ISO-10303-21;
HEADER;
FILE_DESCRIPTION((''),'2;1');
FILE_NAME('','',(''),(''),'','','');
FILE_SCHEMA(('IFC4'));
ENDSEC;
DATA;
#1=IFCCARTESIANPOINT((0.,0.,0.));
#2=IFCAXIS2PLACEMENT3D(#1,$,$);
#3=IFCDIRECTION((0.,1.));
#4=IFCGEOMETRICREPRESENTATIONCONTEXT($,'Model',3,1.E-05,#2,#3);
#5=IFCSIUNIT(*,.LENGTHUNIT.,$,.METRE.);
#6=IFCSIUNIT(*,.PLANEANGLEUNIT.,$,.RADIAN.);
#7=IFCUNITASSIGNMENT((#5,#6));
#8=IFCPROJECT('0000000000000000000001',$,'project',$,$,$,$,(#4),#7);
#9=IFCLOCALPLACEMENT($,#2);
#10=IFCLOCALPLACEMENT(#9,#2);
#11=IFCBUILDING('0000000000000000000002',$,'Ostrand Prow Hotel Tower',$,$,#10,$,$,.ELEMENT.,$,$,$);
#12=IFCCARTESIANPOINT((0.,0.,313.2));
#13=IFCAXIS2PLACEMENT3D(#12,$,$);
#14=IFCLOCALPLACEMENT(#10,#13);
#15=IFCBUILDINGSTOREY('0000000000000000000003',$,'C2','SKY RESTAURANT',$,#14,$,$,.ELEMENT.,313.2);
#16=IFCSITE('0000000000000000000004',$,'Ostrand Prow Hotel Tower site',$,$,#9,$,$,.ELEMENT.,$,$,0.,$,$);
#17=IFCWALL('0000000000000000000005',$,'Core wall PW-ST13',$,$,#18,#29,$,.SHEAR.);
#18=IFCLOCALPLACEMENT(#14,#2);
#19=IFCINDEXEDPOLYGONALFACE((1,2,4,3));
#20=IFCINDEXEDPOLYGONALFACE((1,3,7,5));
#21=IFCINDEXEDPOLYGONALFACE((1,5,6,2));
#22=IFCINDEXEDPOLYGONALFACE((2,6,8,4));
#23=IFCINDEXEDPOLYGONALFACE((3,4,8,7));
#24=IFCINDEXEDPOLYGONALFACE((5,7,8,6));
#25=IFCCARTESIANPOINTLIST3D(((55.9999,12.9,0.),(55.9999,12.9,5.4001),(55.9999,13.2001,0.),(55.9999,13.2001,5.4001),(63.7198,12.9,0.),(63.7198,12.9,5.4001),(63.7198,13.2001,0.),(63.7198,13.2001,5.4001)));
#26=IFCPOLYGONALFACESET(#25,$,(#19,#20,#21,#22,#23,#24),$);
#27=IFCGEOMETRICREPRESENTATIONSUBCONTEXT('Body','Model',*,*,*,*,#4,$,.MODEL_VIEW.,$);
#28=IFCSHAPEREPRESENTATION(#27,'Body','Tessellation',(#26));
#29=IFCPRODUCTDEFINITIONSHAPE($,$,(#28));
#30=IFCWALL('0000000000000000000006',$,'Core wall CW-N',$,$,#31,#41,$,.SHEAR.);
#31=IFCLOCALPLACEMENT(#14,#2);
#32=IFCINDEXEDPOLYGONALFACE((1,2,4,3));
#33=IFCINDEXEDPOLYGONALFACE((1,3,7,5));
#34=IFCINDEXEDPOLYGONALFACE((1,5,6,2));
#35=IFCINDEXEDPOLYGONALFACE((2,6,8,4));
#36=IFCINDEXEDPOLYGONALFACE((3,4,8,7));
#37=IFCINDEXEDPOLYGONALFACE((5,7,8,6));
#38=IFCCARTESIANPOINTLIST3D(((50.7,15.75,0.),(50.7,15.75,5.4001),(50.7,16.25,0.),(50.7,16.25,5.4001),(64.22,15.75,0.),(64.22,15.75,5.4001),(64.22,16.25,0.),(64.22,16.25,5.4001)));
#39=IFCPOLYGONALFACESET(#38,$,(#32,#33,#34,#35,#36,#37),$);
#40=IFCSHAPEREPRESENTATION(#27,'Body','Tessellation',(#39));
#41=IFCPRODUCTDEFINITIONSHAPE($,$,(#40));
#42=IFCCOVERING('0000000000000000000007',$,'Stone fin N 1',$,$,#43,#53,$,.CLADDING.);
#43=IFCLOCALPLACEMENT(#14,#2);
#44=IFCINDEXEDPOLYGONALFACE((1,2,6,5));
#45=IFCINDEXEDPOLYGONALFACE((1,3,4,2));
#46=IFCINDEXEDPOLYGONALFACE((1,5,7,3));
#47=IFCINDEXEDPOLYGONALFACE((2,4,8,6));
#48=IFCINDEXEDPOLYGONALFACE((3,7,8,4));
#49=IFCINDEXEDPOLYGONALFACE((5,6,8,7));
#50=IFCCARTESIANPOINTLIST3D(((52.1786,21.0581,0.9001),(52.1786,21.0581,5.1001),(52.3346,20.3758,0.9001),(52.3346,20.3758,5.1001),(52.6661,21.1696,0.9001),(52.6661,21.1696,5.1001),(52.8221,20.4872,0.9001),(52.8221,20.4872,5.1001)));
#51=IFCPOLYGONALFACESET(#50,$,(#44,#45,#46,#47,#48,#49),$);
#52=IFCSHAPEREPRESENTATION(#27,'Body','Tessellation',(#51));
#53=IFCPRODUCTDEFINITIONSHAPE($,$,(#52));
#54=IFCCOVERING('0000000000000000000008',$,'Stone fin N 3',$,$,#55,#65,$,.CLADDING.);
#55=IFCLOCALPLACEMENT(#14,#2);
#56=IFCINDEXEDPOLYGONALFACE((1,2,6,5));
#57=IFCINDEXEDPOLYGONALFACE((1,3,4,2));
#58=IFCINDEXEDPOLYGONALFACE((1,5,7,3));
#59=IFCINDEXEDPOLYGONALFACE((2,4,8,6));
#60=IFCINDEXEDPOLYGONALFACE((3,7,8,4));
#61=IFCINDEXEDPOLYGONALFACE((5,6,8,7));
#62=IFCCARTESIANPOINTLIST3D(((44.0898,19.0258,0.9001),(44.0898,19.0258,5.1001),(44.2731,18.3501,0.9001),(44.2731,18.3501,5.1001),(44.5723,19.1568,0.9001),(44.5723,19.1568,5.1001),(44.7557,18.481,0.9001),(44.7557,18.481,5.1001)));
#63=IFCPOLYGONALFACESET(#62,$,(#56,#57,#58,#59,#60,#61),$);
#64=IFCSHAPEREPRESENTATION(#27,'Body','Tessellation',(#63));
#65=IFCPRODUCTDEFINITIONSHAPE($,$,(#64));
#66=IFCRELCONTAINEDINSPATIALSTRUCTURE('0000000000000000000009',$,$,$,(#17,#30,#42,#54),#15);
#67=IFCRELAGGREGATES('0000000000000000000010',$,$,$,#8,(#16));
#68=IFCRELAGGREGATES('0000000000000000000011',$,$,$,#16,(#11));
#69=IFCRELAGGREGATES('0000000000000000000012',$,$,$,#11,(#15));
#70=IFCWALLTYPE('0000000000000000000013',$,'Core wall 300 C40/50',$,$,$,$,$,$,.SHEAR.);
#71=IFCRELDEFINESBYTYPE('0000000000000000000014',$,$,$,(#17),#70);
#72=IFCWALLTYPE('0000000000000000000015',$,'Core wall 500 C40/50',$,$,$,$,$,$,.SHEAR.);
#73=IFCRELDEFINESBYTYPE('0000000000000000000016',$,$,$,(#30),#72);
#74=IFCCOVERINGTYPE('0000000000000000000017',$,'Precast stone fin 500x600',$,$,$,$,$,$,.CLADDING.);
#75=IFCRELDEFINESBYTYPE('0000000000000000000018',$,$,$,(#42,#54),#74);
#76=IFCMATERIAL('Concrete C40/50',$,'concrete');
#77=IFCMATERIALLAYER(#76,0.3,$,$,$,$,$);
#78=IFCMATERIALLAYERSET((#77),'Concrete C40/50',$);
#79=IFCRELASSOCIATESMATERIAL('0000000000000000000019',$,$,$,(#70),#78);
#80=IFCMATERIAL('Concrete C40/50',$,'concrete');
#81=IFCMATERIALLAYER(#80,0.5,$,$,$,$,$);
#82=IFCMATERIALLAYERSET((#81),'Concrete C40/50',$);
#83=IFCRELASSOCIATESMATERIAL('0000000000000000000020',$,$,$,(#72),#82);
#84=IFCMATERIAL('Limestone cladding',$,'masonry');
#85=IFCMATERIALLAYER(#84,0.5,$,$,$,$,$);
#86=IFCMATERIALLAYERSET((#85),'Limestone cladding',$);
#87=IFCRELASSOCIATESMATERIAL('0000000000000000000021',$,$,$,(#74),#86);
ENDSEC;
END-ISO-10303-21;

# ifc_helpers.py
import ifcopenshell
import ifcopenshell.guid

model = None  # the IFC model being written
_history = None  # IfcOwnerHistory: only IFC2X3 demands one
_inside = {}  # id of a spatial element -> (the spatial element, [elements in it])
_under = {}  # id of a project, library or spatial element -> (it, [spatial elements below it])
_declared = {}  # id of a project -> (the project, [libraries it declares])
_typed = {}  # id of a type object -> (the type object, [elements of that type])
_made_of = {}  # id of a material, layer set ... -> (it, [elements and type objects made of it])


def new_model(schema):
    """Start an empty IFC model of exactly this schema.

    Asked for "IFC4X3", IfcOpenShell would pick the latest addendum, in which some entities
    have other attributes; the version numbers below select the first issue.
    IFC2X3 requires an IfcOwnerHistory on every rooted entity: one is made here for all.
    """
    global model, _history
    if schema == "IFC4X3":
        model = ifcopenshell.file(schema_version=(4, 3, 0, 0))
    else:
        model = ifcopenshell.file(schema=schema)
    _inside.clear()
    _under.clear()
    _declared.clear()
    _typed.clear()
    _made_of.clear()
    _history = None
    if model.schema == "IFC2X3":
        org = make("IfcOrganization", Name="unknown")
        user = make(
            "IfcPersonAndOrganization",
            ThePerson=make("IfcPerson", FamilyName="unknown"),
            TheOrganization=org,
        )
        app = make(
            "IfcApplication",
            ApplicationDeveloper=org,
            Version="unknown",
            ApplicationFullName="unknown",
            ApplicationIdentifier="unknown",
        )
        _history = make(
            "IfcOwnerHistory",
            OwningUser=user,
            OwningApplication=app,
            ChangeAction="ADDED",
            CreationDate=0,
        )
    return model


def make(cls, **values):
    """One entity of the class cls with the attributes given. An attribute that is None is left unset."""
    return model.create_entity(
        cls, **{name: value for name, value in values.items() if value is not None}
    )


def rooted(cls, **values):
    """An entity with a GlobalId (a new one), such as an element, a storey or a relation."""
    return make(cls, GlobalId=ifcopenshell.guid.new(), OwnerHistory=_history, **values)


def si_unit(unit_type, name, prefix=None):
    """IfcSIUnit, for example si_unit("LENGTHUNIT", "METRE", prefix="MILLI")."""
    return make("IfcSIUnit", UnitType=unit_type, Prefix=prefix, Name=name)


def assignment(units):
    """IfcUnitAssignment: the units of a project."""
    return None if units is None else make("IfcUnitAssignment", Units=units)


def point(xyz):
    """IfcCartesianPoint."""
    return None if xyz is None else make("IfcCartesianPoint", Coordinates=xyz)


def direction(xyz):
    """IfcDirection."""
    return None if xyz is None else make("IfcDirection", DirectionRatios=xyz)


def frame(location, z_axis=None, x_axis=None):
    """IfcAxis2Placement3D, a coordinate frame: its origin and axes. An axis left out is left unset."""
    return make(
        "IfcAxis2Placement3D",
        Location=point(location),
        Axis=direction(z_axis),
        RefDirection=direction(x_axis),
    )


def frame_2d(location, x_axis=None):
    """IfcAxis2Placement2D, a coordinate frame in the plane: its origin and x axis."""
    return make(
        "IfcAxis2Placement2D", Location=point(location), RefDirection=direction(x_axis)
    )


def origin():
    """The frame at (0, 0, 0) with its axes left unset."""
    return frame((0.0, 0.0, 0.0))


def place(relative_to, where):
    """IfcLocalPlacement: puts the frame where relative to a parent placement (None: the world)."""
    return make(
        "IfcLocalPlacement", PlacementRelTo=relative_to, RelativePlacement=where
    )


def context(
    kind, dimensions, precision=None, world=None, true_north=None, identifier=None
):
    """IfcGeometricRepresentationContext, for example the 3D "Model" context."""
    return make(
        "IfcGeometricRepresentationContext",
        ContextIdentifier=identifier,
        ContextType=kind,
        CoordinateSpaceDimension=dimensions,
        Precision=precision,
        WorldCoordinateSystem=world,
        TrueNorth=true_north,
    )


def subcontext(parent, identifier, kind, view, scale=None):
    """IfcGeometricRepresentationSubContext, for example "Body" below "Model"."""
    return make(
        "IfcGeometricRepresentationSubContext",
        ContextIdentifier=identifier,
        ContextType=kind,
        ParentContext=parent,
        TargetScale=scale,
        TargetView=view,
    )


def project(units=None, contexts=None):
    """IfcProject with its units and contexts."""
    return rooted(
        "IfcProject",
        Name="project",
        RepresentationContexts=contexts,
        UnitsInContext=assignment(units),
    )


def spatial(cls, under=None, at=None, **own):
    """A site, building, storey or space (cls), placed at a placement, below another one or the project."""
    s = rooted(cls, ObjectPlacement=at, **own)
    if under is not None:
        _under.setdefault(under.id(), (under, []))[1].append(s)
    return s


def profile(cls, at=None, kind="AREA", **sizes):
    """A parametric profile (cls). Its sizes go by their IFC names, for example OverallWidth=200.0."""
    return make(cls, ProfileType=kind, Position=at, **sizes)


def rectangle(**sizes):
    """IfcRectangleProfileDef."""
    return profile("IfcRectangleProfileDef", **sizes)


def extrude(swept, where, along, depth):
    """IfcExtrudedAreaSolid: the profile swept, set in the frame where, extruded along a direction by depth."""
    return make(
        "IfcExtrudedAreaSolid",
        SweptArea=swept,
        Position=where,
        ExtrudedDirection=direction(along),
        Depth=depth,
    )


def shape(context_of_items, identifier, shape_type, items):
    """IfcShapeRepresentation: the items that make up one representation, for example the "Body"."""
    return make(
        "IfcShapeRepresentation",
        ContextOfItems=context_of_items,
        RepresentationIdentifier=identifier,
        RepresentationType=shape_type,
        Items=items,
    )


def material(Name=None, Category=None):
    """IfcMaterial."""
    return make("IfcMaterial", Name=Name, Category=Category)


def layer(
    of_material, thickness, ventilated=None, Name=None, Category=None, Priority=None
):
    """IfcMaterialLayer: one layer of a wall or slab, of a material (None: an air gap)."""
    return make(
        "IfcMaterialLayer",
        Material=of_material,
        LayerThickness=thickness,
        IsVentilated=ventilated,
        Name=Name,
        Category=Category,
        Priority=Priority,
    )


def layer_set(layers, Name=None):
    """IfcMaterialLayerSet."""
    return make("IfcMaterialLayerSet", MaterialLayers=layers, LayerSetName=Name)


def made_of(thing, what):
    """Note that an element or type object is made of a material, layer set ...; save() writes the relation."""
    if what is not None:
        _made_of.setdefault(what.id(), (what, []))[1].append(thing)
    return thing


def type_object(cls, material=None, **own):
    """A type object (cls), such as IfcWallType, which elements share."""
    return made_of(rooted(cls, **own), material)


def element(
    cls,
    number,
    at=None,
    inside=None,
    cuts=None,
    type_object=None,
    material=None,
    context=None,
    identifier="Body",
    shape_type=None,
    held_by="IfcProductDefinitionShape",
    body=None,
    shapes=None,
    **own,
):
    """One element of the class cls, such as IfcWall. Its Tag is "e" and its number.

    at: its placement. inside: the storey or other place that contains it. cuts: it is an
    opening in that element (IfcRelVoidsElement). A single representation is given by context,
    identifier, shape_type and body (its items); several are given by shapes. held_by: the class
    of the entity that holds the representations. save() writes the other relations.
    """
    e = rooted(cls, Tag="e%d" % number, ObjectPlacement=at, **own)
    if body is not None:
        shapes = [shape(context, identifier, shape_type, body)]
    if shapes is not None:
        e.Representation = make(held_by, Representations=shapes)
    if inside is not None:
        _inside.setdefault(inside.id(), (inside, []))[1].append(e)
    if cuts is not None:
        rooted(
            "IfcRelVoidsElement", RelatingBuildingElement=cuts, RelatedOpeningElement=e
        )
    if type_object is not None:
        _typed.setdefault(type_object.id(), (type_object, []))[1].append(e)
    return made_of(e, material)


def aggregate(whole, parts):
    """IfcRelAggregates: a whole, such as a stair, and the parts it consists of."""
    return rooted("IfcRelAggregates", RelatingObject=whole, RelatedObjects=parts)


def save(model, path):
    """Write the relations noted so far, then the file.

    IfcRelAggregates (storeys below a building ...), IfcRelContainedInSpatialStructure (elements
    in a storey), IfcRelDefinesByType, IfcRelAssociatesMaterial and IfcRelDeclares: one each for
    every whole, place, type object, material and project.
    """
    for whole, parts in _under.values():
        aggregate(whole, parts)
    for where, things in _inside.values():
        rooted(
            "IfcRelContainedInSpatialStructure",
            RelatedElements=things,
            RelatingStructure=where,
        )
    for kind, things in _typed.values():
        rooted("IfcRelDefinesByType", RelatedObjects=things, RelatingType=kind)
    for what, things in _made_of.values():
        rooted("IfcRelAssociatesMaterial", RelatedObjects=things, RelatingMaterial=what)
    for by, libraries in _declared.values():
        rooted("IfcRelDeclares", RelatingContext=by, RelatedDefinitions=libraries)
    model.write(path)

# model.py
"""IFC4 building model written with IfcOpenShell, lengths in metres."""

from ifc_helpers import new_model, si_unit, direction, frame, frame_2d, origin, place, context, subcontext, project, spatial, rectangle, extrude, material, layer, layer_set, type_object, element, save


model = new_model("IFC4")

# Units and contexts
model_context = context("Model", 3, precision=1e-05, world=origin(), true_north=direction((0.0, 1.0)))
body_context = subcontext(model_context, "Body", "Model", "MODEL_VIEW")
ifc_project = project(units=[si_unit("LENGTHUNIT", "METRE"), si_unit("PLANEANGLEUNIT", "RADIAN")], contexts=[model_context])

# Site, building, storey
site_placement = place(None, origin())
site = spatial("IfcSite", under=ifc_project, at=site_placement, Name="Ostrand Prow Hotel Tower site", CompositionType="ELEMENT", RefElevation=0.0)
building_placement = place(site_placement, origin())
building = spatial("IfcBuilding", under=site, at=building_placement, Name="Ostrand Prow Hotel Tower", CompositionType="ELEMENT")
storey_placement = place(building_placement, frame((0.0, 0.0, 313.2)))
storey = spatial("IfcBuildingStorey", under=building, at=storey_placement, Name="C2", Description="SKY RESTAURANT", CompositionType="ELEMENT", Elevation=313.2)

# Walls
ifc_material_1 = material(Name="Concrete C40/50", Category="concrete")
ifc_layer_1 = layer(ifc_material_1, 0.3)
ifc_layer_set_1 = layer_set([ifc_layer_1], Name="Concrete C40/50")
wall_type_1 = type_object("IfcWallType", Name="Core wall 300 C40/50", PredefinedType="SHEAR", material=ifc_layer_set_1)
wall_1_placement = place(storey_placement, frame((56.0, 13.05, 0.0), z_axis=(0.0, 0.0, 1.0), x_axis=(1.0, 0.0, 0.0)))
element("IfcWall", 1, at=wall_1_placement, inside=storey, type_object=wall_type_1, Name="Core wall PW-ST13", PredefinedType="SHEAR", context=body_context, shape_type="SweptSolid", body=[
    extrude(rectangle(XDim=7.72, YDim=0.3, at=frame_2d((3.8599, 0.0))), origin(), (0.0, 0.0, 1.0), 5.4001),
])
ifc_material_2 = material(Name="Concrete C40/50", Category="concrete")
ifc_layer_2 = layer(ifc_material_2, 0.5)
ifc_layer_set_2 = layer_set([ifc_layer_2], Name="Concrete C40/50")
wall_type_2 = type_object("IfcWallType", Name="Core wall 500 C40/50", PredefinedType="SHEAR", material=ifc_layer_set_2)
wall_2_placement = place(storey_placement, frame((50.7, 16.0, 0.0), z_axis=(0.0, 0.0, 1.0), x_axis=(1.0, 0.0, 0.0)))
element("IfcWall", 2, at=wall_2_placement, inside=storey, type_object=wall_type_2, Name="Core wall CW-N", PredefinedType="SHEAR", context=body_context, shape_type="SweptSolid", body=[
    extrude(rectangle(XDim=13.52, YDim=0.5, at=frame_2d((6.76, 0.0))), origin(), (0.0, 0.0, 1.0), 5.4001),
])

# Coverings
ifc_material_3 = material(Name="Limestone cladding", Category="masonry")
ifc_layer_3 = layer(ifc_material_3, 0.5)
ifc_layer_set_3 = layer_set([ifc_layer_3], Name="Limestone cladding")
covering_type = type_object("IfcCoveringType", Name="Precast stone fin 500x600", PredefinedType="CLADDING", material=ifc_layer_set_3)
covering_1_placement = place(storey_placement, frame((52.5784, 20.4314, 0.9001), z_axis=(0.0, 0.0, 1.0), x_axis=(-0.222872, 0.974848, 0.0)))
element("IfcCovering", 3, at=covering_1_placement, inside=storey, type_object=covering_type, Name="Stone fin N 1", PredefinedType="CLADDING", context=body_context, shape_type="SweptSolid", body=[
    extrude(rectangle(XDim=0.7, YDim=0.5, at=frame_2d((0.3501, 0.0))), origin(), (0.0, 0.0, 1.0), 4.2),
])
covering_2_placement = place(storey_placement, frame((44.5144, 18.4155, 0.9001), z_axis=(0.0, 0.0, 1.0), x_axis=(-0.261849, 0.965109, 0.0)))
element("IfcCovering", 4, at=covering_2_placement, inside=storey, type_object=covering_type, Name="Stone fin N 3", PredefinedType="CLADDING", context=body_context, shape_type="SweptSolid", body=[
    extrude(rectangle(XDim=0.7002, YDim=0.5, at=frame_2d((0.3501, 0.0))), origin(), (0.0, 0.0, 1.0), 4.2),
])

save(model, "model.ifc")
